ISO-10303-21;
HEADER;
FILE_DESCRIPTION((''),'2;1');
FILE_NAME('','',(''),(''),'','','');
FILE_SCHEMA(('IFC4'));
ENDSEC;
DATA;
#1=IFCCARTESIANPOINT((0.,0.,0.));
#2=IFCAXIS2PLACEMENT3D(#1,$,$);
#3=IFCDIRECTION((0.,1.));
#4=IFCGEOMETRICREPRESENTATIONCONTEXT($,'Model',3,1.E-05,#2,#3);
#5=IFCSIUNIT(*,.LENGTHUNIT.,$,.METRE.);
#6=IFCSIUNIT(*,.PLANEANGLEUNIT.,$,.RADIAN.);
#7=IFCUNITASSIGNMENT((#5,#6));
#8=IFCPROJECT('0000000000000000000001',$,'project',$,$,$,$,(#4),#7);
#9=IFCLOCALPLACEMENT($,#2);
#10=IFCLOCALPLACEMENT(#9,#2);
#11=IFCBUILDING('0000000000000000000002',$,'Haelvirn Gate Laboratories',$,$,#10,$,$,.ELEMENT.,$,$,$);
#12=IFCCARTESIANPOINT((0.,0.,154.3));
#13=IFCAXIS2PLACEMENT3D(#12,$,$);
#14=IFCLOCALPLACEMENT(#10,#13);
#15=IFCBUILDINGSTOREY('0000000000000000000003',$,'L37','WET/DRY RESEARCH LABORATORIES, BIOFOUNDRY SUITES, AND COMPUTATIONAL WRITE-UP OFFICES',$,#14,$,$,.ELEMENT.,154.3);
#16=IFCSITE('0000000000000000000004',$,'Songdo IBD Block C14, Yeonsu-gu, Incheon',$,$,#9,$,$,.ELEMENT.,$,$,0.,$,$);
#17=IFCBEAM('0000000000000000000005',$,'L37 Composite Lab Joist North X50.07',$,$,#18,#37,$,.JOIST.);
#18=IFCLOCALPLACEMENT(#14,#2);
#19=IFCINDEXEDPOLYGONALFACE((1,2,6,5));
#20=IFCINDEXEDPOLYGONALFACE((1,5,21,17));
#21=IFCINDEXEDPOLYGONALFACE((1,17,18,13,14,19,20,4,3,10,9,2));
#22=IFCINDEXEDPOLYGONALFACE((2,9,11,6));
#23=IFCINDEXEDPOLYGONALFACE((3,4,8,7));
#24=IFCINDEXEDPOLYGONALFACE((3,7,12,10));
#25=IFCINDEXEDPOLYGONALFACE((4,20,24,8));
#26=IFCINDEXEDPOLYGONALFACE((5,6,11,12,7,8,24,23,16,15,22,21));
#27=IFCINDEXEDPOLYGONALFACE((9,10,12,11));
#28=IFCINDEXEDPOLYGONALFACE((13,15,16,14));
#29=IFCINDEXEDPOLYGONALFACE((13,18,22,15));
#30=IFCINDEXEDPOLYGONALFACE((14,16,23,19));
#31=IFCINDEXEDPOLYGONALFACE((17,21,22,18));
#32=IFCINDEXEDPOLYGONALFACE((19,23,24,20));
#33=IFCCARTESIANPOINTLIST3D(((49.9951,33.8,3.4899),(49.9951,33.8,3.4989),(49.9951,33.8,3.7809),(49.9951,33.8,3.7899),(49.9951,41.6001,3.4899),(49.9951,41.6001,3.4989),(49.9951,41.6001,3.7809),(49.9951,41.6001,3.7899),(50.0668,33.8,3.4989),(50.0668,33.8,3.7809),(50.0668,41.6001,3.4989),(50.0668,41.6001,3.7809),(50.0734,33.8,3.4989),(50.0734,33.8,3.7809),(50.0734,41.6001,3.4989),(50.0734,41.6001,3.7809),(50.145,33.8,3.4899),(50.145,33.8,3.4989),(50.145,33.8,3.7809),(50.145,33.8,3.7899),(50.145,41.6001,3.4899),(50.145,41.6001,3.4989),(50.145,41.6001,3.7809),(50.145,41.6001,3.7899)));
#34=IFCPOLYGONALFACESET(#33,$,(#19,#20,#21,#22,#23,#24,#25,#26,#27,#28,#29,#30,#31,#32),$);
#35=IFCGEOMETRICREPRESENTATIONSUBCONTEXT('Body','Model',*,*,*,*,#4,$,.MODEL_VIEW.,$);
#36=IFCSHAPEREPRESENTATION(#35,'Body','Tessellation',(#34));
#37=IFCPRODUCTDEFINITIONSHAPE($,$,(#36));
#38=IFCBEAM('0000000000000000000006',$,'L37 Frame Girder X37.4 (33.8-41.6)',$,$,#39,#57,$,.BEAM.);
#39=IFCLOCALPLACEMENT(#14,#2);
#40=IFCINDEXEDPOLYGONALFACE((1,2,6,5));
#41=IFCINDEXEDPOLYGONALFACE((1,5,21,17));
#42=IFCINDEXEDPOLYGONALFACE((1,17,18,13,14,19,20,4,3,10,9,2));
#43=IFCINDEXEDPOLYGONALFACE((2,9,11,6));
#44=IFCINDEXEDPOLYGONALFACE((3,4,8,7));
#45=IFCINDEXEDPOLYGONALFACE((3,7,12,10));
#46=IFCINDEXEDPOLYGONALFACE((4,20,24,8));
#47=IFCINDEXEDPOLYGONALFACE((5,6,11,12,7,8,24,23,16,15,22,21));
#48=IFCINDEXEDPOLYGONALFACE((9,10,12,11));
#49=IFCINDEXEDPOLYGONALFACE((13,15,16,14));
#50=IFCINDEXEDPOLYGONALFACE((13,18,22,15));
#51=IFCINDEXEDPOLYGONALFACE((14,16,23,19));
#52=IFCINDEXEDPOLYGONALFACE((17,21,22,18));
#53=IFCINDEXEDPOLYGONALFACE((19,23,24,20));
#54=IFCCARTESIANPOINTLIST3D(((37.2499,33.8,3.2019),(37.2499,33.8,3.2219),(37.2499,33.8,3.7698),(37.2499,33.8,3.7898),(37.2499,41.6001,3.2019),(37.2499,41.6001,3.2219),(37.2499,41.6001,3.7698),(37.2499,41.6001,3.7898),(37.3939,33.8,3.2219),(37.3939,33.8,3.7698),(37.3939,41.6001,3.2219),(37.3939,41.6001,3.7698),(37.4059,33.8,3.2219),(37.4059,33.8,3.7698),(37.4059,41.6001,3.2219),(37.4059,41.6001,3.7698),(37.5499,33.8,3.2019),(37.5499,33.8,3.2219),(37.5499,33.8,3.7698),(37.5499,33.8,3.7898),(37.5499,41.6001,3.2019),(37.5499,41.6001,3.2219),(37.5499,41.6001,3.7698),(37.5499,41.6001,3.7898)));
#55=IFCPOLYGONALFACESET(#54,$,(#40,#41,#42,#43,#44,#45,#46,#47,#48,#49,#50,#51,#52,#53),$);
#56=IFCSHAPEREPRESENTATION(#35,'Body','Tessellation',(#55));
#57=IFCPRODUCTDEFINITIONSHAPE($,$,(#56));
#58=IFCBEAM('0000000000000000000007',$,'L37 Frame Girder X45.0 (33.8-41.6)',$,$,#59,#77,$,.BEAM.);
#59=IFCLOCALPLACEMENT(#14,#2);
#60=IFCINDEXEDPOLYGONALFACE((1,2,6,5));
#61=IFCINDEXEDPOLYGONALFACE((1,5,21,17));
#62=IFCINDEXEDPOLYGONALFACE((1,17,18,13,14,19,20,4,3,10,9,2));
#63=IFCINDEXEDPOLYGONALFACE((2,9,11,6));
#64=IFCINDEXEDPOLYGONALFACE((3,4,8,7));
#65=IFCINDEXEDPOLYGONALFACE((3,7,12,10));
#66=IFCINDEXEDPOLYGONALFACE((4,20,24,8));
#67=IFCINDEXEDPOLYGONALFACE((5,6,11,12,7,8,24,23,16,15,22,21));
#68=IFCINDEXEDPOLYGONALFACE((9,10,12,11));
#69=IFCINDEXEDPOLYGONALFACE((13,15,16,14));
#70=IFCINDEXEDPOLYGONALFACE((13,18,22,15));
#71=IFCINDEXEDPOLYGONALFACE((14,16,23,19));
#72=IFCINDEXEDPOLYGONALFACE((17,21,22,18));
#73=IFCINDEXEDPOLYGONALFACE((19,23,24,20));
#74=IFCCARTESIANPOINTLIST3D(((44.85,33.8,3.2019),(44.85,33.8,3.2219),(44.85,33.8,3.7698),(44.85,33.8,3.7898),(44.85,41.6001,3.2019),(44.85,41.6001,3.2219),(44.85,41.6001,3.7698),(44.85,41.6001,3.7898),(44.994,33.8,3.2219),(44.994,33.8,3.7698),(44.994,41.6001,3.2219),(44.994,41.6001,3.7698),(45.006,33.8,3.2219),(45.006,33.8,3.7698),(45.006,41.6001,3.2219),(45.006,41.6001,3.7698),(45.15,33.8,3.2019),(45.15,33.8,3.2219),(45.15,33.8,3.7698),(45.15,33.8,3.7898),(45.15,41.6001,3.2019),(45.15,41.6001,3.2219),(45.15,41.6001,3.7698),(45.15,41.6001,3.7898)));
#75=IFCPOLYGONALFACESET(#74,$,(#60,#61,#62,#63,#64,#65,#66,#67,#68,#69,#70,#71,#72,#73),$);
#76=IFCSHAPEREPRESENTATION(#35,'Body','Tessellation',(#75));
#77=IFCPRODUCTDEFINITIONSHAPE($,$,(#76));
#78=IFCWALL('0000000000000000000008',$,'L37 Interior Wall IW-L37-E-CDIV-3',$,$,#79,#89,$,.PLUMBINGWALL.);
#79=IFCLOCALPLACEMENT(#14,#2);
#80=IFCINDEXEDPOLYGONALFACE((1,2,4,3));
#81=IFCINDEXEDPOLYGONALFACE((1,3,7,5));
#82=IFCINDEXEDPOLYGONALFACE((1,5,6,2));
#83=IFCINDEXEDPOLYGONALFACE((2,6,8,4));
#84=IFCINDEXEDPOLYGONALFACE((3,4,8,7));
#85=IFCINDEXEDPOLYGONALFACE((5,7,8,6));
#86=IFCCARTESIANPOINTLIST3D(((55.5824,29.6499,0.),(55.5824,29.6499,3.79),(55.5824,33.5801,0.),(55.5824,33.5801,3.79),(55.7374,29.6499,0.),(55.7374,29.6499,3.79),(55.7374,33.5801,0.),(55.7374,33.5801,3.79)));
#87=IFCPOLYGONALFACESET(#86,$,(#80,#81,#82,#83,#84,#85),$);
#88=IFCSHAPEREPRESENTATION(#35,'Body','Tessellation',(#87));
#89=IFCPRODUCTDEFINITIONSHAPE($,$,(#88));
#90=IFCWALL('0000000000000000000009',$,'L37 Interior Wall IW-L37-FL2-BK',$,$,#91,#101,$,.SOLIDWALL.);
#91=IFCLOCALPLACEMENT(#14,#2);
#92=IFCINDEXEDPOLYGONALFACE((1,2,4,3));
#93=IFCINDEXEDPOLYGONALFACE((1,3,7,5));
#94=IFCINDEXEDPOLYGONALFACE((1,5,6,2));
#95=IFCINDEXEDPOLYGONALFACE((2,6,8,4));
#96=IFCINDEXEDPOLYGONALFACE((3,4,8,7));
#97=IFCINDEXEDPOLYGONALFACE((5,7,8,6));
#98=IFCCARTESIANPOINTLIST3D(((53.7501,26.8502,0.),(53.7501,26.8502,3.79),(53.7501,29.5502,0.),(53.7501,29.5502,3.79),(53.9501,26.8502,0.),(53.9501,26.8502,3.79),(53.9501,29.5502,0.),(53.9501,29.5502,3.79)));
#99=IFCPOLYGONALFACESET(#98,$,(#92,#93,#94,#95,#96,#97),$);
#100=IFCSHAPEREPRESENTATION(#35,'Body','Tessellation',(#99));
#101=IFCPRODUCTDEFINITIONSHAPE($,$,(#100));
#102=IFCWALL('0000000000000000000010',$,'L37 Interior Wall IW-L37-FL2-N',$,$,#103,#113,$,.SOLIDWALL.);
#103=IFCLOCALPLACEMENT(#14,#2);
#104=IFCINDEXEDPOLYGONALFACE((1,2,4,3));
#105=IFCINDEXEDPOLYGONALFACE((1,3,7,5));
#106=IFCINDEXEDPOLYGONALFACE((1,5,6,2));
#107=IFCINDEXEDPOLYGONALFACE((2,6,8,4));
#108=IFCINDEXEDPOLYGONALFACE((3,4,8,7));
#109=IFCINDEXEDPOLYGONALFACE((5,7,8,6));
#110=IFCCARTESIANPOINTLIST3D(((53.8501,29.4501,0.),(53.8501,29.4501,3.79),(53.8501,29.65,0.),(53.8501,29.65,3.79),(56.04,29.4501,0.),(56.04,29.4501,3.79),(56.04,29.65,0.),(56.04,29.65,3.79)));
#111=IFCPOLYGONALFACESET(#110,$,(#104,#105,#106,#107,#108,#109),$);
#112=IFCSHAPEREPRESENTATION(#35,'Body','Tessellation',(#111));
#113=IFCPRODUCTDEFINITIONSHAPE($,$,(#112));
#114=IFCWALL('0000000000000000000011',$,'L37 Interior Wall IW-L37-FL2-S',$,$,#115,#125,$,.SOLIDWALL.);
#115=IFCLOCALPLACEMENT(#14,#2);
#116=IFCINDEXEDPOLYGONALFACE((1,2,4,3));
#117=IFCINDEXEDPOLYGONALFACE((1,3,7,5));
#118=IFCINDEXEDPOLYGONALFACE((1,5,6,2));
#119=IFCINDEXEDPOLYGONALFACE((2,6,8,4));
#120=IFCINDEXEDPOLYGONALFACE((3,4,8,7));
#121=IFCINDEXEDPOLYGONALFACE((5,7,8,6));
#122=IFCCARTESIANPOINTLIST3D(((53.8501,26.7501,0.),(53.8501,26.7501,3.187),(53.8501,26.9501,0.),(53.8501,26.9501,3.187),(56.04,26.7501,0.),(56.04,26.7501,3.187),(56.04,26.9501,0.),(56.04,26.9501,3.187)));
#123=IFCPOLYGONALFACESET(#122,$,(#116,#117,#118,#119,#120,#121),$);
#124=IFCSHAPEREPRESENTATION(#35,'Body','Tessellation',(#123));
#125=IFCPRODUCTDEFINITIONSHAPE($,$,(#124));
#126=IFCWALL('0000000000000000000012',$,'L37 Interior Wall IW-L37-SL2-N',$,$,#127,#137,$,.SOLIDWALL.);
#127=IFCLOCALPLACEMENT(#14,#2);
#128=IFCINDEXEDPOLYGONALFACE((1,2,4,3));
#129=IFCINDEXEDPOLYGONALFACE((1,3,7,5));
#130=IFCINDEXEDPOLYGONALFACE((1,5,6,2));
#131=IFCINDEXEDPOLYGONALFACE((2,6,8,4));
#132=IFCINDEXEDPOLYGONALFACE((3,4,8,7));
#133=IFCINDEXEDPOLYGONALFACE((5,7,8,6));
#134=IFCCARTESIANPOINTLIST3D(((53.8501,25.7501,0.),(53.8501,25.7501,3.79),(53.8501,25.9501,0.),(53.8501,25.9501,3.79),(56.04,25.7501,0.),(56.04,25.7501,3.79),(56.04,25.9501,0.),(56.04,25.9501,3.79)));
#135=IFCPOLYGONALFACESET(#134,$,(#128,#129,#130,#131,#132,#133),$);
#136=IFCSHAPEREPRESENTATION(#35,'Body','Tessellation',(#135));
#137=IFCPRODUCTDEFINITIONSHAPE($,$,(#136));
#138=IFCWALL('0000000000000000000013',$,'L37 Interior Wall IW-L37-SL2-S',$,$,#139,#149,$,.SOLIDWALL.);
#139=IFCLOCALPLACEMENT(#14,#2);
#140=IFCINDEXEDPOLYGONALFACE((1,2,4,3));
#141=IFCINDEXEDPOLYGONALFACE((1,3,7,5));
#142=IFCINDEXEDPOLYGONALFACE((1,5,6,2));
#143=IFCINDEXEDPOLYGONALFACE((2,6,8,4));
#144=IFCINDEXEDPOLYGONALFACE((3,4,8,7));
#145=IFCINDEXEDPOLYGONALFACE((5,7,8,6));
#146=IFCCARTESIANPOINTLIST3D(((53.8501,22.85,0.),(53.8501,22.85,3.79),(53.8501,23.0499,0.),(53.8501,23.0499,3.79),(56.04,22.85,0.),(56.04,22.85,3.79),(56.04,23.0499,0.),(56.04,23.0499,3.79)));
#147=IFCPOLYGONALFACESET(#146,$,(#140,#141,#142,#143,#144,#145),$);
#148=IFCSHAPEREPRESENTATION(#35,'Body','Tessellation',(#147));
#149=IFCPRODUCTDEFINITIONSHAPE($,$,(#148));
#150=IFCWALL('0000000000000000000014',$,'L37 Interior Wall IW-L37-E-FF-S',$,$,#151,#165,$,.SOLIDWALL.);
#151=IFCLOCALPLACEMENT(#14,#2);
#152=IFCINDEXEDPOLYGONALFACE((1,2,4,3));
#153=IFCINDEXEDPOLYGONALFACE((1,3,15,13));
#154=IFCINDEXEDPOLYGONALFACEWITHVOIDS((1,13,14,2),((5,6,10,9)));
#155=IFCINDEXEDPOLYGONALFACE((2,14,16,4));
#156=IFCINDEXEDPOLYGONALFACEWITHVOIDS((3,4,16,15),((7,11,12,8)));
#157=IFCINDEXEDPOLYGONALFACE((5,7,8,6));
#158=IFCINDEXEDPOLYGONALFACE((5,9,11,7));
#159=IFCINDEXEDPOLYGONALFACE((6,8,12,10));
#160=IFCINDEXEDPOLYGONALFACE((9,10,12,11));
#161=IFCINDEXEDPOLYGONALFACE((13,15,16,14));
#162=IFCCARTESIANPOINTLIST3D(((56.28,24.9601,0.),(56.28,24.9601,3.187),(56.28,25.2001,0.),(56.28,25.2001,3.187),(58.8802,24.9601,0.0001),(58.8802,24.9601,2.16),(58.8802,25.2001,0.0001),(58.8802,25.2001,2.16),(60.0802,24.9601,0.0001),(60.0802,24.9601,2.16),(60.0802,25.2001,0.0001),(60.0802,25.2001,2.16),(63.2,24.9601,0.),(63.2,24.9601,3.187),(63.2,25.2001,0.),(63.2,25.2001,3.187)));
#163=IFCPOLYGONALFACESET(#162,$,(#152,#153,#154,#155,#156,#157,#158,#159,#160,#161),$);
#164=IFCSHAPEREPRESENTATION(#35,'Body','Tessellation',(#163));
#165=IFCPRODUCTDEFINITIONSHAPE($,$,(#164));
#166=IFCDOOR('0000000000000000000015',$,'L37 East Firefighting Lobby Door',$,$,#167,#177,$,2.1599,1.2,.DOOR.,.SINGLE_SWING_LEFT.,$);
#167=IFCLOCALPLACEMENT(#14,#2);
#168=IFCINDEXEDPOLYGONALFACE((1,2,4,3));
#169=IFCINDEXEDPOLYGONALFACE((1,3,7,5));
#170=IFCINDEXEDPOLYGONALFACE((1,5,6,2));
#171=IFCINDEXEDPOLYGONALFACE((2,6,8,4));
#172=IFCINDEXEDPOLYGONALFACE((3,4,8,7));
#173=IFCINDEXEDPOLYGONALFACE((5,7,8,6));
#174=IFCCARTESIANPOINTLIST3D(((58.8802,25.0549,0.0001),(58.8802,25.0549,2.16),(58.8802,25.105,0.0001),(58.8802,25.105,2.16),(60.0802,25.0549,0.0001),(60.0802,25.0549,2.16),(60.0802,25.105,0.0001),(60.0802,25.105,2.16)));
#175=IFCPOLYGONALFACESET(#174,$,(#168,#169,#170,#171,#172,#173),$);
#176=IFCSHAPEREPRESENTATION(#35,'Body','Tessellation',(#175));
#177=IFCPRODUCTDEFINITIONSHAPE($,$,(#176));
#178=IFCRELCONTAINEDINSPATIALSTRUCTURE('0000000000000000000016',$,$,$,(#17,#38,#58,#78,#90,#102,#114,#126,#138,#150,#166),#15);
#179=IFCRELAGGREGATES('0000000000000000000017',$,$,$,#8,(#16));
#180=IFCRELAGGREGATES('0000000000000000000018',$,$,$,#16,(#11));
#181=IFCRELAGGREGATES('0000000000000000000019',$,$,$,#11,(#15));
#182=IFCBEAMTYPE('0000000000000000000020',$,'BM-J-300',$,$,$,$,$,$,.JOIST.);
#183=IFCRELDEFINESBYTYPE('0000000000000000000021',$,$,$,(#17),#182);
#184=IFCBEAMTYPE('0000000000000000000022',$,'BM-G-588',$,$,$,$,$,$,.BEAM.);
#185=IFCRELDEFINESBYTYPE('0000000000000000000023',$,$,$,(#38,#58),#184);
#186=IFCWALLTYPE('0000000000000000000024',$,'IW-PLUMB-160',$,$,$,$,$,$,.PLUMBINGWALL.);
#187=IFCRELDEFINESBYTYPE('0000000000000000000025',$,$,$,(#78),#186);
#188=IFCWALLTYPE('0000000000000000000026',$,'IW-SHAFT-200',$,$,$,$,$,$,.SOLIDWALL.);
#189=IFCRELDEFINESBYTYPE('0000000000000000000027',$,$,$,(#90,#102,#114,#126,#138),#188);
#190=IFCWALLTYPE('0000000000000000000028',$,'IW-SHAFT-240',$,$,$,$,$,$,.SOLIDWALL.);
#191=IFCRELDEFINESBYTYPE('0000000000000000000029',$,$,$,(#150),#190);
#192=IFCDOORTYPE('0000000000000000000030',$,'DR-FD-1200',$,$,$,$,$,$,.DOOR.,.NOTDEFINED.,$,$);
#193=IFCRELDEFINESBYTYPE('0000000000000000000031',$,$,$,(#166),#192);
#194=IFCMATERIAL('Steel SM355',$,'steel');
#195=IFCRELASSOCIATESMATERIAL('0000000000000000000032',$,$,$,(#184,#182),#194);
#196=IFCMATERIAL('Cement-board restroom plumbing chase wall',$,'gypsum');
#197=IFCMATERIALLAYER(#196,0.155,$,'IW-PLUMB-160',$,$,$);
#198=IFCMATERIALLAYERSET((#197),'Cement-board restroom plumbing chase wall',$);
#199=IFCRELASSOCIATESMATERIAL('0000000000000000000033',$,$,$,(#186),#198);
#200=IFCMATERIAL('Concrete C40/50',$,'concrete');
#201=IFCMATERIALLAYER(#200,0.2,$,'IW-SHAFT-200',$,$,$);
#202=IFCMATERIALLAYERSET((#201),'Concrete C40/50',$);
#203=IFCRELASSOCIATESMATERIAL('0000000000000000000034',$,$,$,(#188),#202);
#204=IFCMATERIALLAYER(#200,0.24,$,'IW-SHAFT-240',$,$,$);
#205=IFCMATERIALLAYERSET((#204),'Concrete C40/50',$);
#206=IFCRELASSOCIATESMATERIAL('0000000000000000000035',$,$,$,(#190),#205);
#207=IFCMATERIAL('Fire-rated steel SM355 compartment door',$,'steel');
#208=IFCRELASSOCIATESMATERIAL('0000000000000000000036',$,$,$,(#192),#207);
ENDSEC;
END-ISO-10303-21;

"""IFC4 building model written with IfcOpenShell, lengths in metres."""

from ifc_helpers import new_model, si_unit, direction, frame, frame_2d, origin, origin_2d, place, context, subcontext, project, spatial, rectangle, i_section, extrude, source, transform, mapped, material, layer, layer_set, material_profile, profile_set, type_object, type_shapes, element, fill, save


model = new_model("IFC4")

# Units and contexts
model_context = context("Model", 3, precision=1e-05, world=origin(), true_north=direction((0.0, 1.0)))
body_context = subcontext(model_context, "Body", "Model", "MODEL_VIEW")
ifc_project = project(units=[si_unit("LENGTHUNIT", "METRE"), si_unit("PLANEANGLEUNIT", "RADIAN")], contexts=[model_context])

# Site, building, storey
site_placement = place(None, origin())
site = spatial("IfcSite", under=ifc_project, at=site_placement, Name="Songdo IBD Block C14, Yeonsu-gu, Incheon", CompositionType="ELEMENT", RefElevation=0.0)
building_placement = place(site_placement, origin())
building = spatial("IfcBuilding", under=site, at=building_placement, Name="Haelvirn Gate Laboratories", CompositionType="ELEMENT")
storey_placement = place(building_placement, frame((0.0, 0.0, 154.3)))
storey = spatial("IfcBuildingStorey", under=building, at=storey_placement, Name="L37", Description="WET/DRY RESEARCH LABORATORIES, BIOFOUNDRY SUITES, AND COMPUTATIONAL WRITE-UP OFFICES", CompositionType="ELEMENT", Elevation=154.3)

# Shared definitions
ifc_material_1 = material(Name="Steel SM355", Category="steel")

# Beams
ifc_material_profile_1 = material_profile(ifc_material_1, i_section(OverallWidth=0.3, OverallDepth=0.5879, WebThickness=0.012, FlangeThickness=0.02, at=origin_2d()), Name="H-588x300x12x20")
ifc_profile_set_1 = profile_set([ifc_material_profile_1], Name="Steel SM355")
beam_type_1 = type_object("IfcBeamType", Name="BM-G-588", PredefinedType="BEAM", material=ifc_profile_set_1)
ifc_material_profile_2 = material_profile(ifc_material_1, i_section(OverallWidth=0.1499, OverallDepth=0.3, WebThickness=0.0066, FlangeThickness=0.009, at=origin_2d()), Name="H-300x150x6.5x9")
ifc_profile_set_2 = profile_set([ifc_material_profile_2], Name="Steel SM355")
beam_type_2 = type_object("IfcBeamType", Name="BM-J-300", PredefinedType="JOIST", material=ifc_profile_set_2)
shared_shape_1 = source(origin(), body_context, "Body", "SweptSolid", [
    extrude(i_section(OverallWidth=0.1499, OverallDepth=0.3, WebThickness=0.0066, FlangeThickness=0.009, at=origin_2d()), origin(), (0.0, 0.0, 1.0), 7.8),
])
type_shapes(beam_type_2, [shared_shape_1])
for number, where, z_axis, x_axis, name in (
    (1, (50.0701, 33.8, 3.6399), (0.0, 1.0, 0.0), (-1.0, 0.0, 0.0), "L37 Composite Lab Joist North X50.07"),
):
    element("IfcBeam", number, at=place(storey_placement, frame(where, z_axis=z_axis, x_axis=x_axis)), inside=storey, type_object=beam_type_2, Name=name, PredefinedType="JOIST", context=body_context, shape_type="MappedRepresentation", body=[
        mapped(shared_shape_1, transform((0.0, 0.0, 0.0), scale=1.0)),
    ])
shared_shape_2 = source(origin(), body_context, "Body", "SweptSolid", [
    extrude(i_section(OverallWidth=0.3, OverallDepth=0.5879, WebThickness=0.012, FlangeThickness=0.02, at=origin_2d()), origin(), (0.0, 0.0, 1.0), 7.8),
])
for number, where, z_axis, x_axis, name in (
    (2, (37.3999, 33.8, 3.4958), (0.0, 1.0, 0.0), (-1.0, 0.0, 0.0), "L37 Frame Girder X37.4 (33.8-41.6)"),
    (3, (45.0, 33.8, 3.4958), (0.0, 1.0, 0.0), (-1.0, 0.0, 0.0), "L37 Frame Girder X45.0 (33.8-41.6)"),
):
    element("IfcBeam", number, at=place(storey_placement, frame(where, z_axis=z_axis, x_axis=x_axis)), inside=storey, type_object=beam_type_1, Name=name, PredefinedType="BEAM", context=body_context, shape_type="MappedRepresentation", body=[
        mapped(shared_shape_2, transform((0.0, 0.0, 0.0), scale=1.0)),
    ])

# Walls
ifc_material_2 = material(Name="Cement-board restroom plumbing chase wall", Category="gypsum")
ifc_layer_1 = layer(ifc_material_2, 0.155, Name="IW-PLUMB-160")
ifc_layer_set_1 = layer_set([ifc_layer_1], Name="Cement-board restroom plumbing chase wall")
wall_type_1 = type_object("IfcWallType", Name="IW-PLUMB-160", PredefinedType="PLUMBINGWALL", material=ifc_layer_set_1)
wall_1_placement = place(storey_placement, frame((55.6599, 29.6499, 0.0), z_axis=(0.0, 0.0, 1.0), x_axis=(0.0, 1.0, 0.0)))
element("IfcWall", 4, at=wall_1_placement, inside=storey, type_object=wall_type_1, Name="L37 Interior Wall IW-L37-E-CDIV-3", PredefinedType="PLUMBINGWALL", context=body_context, shape_type="SweptSolid", body=[
    extrude(rectangle(XDim=3.9302, YDim=0.155, at=frame_2d((1.9651, 0.0))), origin(), (0.0, 0.0, 1.0), 3.79),
])
ifc_material_3 = material(Name="Concrete C40/50", Category="concrete")
ifc_layer_2 = layer(ifc_material_3, 0.2, Name="IW-SHAFT-200")
ifc_layer_set_2 = layer_set([ifc_layer_2], Name="Concrete C40/50")
wall_type_2 = type_object("IfcWallType", Name="IW-SHAFT-200", PredefinedType="SOLIDWALL", material=ifc_layer_set_2)
wall_2_placement = place(storey_placement, frame((53.8501, 26.8501, 0.0), z_axis=(0.0, 0.0, 1.0), x_axis=(0.0, 1.0, 0.0)))
element("IfcWall", 5, at=wall_2_placement, inside=storey, type_object=wall_type_2, Name="L37 Interior Wall IW-L37-FL2-BK", PredefinedType="SOLIDWALL", context=body_context, shape_type="SweptSolid", body=[
    extrude(rectangle(XDim=2.7, YDim=0.2, at=frame_2d((1.3501, 0.0))), origin(), (0.0, 0.0, 1.0), 3.79),
])
wall_3_placement = place(storey_placement, frame((53.8501, 29.55, 0.0), z_axis=(0.0, 0.0, 1.0), x_axis=(1.0, 0.0, 0.0)))
element("IfcWall", 6, at=wall_3_placement, inside=storey, type_object=wall_type_2, Name="L37 Interior Wall IW-L37-FL2-N", PredefinedType="SOLIDWALL", context=body_context, shape_type="SweptSolid", body=[
    extrude(rectangle(XDim=2.1899, YDim=0.2, at=frame_2d((1.095, 0.0))), origin(), (0.0, 0.0, 1.0), 3.79),
])
wall_4_placement = place(storey_placement, frame((53.8501, 26.8501, 0.0), z_axis=(0.0, 0.0, 1.0), x_axis=(1.0, 0.0, 0.0)))
element("IfcWall", 7, at=wall_4_placement, inside=storey, type_object=wall_type_2, Name="L37 Interior Wall IW-L37-FL2-S", PredefinedType="SOLIDWALL", context=body_context, shape_type="SweptSolid", body=[
    extrude(rectangle(XDim=2.1899, YDim=0.2, at=frame_2d((1.095, 0.0))), origin(), (0.0, 0.0, 1.0), 3.187),
])
for number, where, z_axis, x_axis, name in (
    (8, (53.8501, 25.8501, 0.0), (0.0, 0.0, 1.0), (1.0, 0.0, 0.0), "L37 Interior Wall IW-L37-SL2-N"),
    (9, (53.8501, 22.95, 0.0), (0.0, 0.0, 1.0), (1.0, 0.0, 0.0), "L37 Interior Wall IW-L37-SL2-S"),
):
    element("IfcWall", number, at=place(storey_placement, frame(where, z_axis=z_axis, x_axis=x_axis)), inside=storey, type_object=wall_type_2, Name=name, PredefinedType="SOLIDWALL", context=body_context, shape_type="SweptSolid", body=[
        extrude(rectangle(XDim=2.1899, YDim=0.2, at=frame_2d((1.095, 0.0))), origin(), (0.0, 0.0, 1.0), 3.79),
    ])

# Wall, opening, door
ifc_layer_3 = layer(ifc_material_3, 0.24, Name="IW-SHAFT-240")
ifc_layer_set_3 = layer_set([ifc_layer_3], Name="Concrete C40/50")
wall_type_3 = type_object("IfcWallType", Name="IW-SHAFT-240", PredefinedType="SOLIDWALL", material=ifc_layer_set_3)
wall_5_placement = place(storey_placement, frame((56.28, 25.0801, 0.0), z_axis=(0.0, 0.0, 1.0), x_axis=(1.0, 0.0, 0.0)))
wall_5 = element("IfcWall", 10, at=wall_5_placement, inside=storey, type_object=wall_type_3, Name="L37 Interior Wall IW-L37-E-FF-S", PredefinedType="SOLIDWALL", context=body_context, shape_type="SweptSolid", body=[
    extrude(rectangle(XDim=6.9199, YDim=0.24, at=frame_2d((3.46, 0.0))), origin(), (0.0, 0.0, 1.0), 3.187),
])
opening_1_placement = place(wall_5_placement, frame((2.6001, 0.0, 0.0)))
opening_1 = element("IfcOpeningElement", 11, at=opening_1_placement, cuts=wall_5, PredefinedType="OPENING", context=body_context, shape_type="SweptSolid", body=[
    extrude(rectangle(XDim=1.2, YDim=2.1599, at=frame_2d((0.6001, 1.0801))), frame((0.0, 0.1299, 0.0), z_axis=(0.0, -1.0, 0.0), x_axis=(1.0, 0.0, 0.0)), (0.0, 0.0, 1.0), 0.26),
])
ifc_material_4 = material(Name="Fire-rated steel SM355 compartment door", Category="steel")
door_type_1 = type_object("IfcDoorType", Name="DR-FD-1200", OperationType="NOTDEFINED", PredefinedType="DOOR", material=ifc_material_4)
shared_shape_3 = source(origin(), body_context, "Body", "SweptSolid", [
    extrude(rectangle(XDim=1.2, YDim=2.1599, at=frame_2d((0.6001, 1.0801))), frame((0.0, 0.0249, 0.0), z_axis=(0.0, -1.0, 0.0), x_axis=(1.0, 0.0, 0.0)), (0.0, 0.0, 1.0), 0.05),
])
type_shapes(door_type_1, [shared_shape_3])
door_1_placement = place(opening_1_placement, origin())
door_1 = element("IfcDoor", 12, at=door_1_placement, inside=storey, type_object=door_type_1, Name="L37 East Firefighting Lobby Door", OperationType="SINGLE_SWING_LEFT", OverallHeight=2.1599, OverallWidth=1.2, PredefinedType="DOOR", context=body_context, shape_type="MappedRepresentation", body=[
    mapped(shared_shape_3, transform((0.0, 0.0, 0.0), scale=1.0)),
])
fill(opening_1, door_1)

save(model, "model.ifc")
